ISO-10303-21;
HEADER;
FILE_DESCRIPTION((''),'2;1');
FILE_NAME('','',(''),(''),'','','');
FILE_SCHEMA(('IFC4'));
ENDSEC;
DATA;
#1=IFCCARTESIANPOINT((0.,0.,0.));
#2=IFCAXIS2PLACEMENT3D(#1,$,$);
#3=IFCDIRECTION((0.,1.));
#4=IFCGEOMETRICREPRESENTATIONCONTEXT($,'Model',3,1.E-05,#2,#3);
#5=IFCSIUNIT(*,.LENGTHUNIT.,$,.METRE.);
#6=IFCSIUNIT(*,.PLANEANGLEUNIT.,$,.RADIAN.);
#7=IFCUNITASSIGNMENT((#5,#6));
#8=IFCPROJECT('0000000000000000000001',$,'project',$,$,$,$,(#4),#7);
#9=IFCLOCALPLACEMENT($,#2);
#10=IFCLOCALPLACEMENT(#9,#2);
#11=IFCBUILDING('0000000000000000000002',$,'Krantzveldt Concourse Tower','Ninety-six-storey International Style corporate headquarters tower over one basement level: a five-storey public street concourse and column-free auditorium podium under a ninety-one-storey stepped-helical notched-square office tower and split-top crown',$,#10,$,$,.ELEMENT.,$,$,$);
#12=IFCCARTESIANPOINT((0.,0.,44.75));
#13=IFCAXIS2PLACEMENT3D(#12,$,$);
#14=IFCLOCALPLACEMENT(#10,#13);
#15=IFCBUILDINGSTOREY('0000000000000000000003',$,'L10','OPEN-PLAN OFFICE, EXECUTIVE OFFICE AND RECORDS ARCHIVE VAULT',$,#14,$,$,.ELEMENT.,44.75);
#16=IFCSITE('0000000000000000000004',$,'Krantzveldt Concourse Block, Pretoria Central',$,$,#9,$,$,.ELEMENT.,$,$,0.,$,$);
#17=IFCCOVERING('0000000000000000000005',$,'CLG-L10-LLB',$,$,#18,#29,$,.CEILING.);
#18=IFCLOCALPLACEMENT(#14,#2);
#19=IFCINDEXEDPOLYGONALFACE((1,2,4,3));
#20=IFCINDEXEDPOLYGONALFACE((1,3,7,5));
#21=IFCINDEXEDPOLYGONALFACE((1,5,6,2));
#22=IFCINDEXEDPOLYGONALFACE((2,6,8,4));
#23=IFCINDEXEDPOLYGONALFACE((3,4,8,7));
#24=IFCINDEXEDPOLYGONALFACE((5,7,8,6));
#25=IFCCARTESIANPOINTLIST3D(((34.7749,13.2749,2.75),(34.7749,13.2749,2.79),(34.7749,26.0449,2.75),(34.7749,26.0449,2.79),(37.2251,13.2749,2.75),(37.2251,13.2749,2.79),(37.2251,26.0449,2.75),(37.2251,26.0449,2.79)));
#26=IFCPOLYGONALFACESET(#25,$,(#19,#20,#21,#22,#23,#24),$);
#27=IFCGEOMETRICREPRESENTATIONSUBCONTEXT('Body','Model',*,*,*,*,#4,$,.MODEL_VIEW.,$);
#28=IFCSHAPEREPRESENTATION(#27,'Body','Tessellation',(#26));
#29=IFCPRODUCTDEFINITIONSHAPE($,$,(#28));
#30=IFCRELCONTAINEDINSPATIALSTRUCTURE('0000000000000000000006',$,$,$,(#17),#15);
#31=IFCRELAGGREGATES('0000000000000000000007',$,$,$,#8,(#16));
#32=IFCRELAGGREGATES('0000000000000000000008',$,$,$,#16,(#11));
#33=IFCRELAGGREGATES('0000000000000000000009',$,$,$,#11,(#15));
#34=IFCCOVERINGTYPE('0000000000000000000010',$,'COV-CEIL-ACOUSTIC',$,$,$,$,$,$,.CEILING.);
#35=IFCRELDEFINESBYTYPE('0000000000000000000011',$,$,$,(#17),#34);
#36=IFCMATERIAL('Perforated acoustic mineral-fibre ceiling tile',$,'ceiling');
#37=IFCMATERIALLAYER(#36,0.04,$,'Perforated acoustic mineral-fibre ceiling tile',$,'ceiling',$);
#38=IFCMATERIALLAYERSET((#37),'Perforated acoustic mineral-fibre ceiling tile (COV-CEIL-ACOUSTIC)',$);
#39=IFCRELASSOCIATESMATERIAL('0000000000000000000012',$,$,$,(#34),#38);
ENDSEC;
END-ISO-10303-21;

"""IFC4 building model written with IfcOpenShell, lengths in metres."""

from ifc_helpers import new_model, si_unit, direction, frame, origin, place, context, subcontext, project, spatial, polyline, outline, extrude, material, layer, layer_set, type_object, element, save


model = new_model("IFC4")

# Units and contexts
model_context = context("Model", 3, precision=1e-05, world=origin(), true_north=direction((0.0, 1.0)))
body_context = subcontext(model_context, "Body", "Model", "MODEL_VIEW")
ifc_project = project(units=[si_unit("LENGTHUNIT", "METRE"), si_unit("PLANEANGLEUNIT", "RADIAN")], contexts=[model_context])

# Site, building, storey
site_placement = place(None, origin())
site = spatial("IfcSite", under=ifc_project, at=site_placement, Name="Krantzveldt Concourse Block, Pretoria Central", CompositionType="ELEMENT", RefElevation=0.0)
building_placement = place(site_placement, origin())
building = spatial("IfcBuilding", under=site, at=building_placement, Name="Krantzveldt Concourse Tower", Description="Ninety-six-storey International Style corporate headquarters tower over one basement level: a five-storey public street concourse and column-free auditorium podium under a ninety-one-storey stepped-helical notched-square office tower and split-top crown", CompositionType="ELEMENT")
storey_placement = place(building_placement, frame((0.0, 0.0, 44.75)))
storey = spatial("IfcBuildingStorey", under=building, at=storey_placement, Name="L10", Description="OPEN-PLAN OFFICE, EXECUTIVE OFFICE AND RECORDS ARCHIVE VAULT", CompositionType="ELEMENT", Elevation=44.75)

# Covering
ifc_material_1 = material(Name="Perforated acoustic mineral-fibre ceiling tile", Category="ceiling")
ifc_layer_1 = layer(ifc_material_1, 0.04, Name="Perforated acoustic mineral-fibre ceiling tile", Category="ceiling")
ifc_layer_set_1 = layer_set([ifc_layer_1], Name="Perforated acoustic mineral-fibre ceiling tile (COV-CEIL-ACOUSTIC)")
covering_type = type_object("IfcCoveringType", Name="COV-CEIL-ACOUSTIC", PredefinedType="CEILING", material=ifc_layer_set_1)
covering_placement = place(storey_placement, frame((0.0, 0.0, 2.75)))
element("IfcCovering", 1, at=covering_placement, inside=storey, type_object=covering_type, Name="CLG-L10-LLB", PredefinedType="CEILING", context=body_context, shape_type="SweptSolid", body=[
    extrude(outline(polyline([(37.2251, 13.2749), (34.7749, 13.2749), (34.7749, 26.0449), (37.2251, 26.0449), (37.2251, 13.2749)])), origin(), (0.0, 0.0, 1.0), 0.04),
])

save(model, "model.ifc")
